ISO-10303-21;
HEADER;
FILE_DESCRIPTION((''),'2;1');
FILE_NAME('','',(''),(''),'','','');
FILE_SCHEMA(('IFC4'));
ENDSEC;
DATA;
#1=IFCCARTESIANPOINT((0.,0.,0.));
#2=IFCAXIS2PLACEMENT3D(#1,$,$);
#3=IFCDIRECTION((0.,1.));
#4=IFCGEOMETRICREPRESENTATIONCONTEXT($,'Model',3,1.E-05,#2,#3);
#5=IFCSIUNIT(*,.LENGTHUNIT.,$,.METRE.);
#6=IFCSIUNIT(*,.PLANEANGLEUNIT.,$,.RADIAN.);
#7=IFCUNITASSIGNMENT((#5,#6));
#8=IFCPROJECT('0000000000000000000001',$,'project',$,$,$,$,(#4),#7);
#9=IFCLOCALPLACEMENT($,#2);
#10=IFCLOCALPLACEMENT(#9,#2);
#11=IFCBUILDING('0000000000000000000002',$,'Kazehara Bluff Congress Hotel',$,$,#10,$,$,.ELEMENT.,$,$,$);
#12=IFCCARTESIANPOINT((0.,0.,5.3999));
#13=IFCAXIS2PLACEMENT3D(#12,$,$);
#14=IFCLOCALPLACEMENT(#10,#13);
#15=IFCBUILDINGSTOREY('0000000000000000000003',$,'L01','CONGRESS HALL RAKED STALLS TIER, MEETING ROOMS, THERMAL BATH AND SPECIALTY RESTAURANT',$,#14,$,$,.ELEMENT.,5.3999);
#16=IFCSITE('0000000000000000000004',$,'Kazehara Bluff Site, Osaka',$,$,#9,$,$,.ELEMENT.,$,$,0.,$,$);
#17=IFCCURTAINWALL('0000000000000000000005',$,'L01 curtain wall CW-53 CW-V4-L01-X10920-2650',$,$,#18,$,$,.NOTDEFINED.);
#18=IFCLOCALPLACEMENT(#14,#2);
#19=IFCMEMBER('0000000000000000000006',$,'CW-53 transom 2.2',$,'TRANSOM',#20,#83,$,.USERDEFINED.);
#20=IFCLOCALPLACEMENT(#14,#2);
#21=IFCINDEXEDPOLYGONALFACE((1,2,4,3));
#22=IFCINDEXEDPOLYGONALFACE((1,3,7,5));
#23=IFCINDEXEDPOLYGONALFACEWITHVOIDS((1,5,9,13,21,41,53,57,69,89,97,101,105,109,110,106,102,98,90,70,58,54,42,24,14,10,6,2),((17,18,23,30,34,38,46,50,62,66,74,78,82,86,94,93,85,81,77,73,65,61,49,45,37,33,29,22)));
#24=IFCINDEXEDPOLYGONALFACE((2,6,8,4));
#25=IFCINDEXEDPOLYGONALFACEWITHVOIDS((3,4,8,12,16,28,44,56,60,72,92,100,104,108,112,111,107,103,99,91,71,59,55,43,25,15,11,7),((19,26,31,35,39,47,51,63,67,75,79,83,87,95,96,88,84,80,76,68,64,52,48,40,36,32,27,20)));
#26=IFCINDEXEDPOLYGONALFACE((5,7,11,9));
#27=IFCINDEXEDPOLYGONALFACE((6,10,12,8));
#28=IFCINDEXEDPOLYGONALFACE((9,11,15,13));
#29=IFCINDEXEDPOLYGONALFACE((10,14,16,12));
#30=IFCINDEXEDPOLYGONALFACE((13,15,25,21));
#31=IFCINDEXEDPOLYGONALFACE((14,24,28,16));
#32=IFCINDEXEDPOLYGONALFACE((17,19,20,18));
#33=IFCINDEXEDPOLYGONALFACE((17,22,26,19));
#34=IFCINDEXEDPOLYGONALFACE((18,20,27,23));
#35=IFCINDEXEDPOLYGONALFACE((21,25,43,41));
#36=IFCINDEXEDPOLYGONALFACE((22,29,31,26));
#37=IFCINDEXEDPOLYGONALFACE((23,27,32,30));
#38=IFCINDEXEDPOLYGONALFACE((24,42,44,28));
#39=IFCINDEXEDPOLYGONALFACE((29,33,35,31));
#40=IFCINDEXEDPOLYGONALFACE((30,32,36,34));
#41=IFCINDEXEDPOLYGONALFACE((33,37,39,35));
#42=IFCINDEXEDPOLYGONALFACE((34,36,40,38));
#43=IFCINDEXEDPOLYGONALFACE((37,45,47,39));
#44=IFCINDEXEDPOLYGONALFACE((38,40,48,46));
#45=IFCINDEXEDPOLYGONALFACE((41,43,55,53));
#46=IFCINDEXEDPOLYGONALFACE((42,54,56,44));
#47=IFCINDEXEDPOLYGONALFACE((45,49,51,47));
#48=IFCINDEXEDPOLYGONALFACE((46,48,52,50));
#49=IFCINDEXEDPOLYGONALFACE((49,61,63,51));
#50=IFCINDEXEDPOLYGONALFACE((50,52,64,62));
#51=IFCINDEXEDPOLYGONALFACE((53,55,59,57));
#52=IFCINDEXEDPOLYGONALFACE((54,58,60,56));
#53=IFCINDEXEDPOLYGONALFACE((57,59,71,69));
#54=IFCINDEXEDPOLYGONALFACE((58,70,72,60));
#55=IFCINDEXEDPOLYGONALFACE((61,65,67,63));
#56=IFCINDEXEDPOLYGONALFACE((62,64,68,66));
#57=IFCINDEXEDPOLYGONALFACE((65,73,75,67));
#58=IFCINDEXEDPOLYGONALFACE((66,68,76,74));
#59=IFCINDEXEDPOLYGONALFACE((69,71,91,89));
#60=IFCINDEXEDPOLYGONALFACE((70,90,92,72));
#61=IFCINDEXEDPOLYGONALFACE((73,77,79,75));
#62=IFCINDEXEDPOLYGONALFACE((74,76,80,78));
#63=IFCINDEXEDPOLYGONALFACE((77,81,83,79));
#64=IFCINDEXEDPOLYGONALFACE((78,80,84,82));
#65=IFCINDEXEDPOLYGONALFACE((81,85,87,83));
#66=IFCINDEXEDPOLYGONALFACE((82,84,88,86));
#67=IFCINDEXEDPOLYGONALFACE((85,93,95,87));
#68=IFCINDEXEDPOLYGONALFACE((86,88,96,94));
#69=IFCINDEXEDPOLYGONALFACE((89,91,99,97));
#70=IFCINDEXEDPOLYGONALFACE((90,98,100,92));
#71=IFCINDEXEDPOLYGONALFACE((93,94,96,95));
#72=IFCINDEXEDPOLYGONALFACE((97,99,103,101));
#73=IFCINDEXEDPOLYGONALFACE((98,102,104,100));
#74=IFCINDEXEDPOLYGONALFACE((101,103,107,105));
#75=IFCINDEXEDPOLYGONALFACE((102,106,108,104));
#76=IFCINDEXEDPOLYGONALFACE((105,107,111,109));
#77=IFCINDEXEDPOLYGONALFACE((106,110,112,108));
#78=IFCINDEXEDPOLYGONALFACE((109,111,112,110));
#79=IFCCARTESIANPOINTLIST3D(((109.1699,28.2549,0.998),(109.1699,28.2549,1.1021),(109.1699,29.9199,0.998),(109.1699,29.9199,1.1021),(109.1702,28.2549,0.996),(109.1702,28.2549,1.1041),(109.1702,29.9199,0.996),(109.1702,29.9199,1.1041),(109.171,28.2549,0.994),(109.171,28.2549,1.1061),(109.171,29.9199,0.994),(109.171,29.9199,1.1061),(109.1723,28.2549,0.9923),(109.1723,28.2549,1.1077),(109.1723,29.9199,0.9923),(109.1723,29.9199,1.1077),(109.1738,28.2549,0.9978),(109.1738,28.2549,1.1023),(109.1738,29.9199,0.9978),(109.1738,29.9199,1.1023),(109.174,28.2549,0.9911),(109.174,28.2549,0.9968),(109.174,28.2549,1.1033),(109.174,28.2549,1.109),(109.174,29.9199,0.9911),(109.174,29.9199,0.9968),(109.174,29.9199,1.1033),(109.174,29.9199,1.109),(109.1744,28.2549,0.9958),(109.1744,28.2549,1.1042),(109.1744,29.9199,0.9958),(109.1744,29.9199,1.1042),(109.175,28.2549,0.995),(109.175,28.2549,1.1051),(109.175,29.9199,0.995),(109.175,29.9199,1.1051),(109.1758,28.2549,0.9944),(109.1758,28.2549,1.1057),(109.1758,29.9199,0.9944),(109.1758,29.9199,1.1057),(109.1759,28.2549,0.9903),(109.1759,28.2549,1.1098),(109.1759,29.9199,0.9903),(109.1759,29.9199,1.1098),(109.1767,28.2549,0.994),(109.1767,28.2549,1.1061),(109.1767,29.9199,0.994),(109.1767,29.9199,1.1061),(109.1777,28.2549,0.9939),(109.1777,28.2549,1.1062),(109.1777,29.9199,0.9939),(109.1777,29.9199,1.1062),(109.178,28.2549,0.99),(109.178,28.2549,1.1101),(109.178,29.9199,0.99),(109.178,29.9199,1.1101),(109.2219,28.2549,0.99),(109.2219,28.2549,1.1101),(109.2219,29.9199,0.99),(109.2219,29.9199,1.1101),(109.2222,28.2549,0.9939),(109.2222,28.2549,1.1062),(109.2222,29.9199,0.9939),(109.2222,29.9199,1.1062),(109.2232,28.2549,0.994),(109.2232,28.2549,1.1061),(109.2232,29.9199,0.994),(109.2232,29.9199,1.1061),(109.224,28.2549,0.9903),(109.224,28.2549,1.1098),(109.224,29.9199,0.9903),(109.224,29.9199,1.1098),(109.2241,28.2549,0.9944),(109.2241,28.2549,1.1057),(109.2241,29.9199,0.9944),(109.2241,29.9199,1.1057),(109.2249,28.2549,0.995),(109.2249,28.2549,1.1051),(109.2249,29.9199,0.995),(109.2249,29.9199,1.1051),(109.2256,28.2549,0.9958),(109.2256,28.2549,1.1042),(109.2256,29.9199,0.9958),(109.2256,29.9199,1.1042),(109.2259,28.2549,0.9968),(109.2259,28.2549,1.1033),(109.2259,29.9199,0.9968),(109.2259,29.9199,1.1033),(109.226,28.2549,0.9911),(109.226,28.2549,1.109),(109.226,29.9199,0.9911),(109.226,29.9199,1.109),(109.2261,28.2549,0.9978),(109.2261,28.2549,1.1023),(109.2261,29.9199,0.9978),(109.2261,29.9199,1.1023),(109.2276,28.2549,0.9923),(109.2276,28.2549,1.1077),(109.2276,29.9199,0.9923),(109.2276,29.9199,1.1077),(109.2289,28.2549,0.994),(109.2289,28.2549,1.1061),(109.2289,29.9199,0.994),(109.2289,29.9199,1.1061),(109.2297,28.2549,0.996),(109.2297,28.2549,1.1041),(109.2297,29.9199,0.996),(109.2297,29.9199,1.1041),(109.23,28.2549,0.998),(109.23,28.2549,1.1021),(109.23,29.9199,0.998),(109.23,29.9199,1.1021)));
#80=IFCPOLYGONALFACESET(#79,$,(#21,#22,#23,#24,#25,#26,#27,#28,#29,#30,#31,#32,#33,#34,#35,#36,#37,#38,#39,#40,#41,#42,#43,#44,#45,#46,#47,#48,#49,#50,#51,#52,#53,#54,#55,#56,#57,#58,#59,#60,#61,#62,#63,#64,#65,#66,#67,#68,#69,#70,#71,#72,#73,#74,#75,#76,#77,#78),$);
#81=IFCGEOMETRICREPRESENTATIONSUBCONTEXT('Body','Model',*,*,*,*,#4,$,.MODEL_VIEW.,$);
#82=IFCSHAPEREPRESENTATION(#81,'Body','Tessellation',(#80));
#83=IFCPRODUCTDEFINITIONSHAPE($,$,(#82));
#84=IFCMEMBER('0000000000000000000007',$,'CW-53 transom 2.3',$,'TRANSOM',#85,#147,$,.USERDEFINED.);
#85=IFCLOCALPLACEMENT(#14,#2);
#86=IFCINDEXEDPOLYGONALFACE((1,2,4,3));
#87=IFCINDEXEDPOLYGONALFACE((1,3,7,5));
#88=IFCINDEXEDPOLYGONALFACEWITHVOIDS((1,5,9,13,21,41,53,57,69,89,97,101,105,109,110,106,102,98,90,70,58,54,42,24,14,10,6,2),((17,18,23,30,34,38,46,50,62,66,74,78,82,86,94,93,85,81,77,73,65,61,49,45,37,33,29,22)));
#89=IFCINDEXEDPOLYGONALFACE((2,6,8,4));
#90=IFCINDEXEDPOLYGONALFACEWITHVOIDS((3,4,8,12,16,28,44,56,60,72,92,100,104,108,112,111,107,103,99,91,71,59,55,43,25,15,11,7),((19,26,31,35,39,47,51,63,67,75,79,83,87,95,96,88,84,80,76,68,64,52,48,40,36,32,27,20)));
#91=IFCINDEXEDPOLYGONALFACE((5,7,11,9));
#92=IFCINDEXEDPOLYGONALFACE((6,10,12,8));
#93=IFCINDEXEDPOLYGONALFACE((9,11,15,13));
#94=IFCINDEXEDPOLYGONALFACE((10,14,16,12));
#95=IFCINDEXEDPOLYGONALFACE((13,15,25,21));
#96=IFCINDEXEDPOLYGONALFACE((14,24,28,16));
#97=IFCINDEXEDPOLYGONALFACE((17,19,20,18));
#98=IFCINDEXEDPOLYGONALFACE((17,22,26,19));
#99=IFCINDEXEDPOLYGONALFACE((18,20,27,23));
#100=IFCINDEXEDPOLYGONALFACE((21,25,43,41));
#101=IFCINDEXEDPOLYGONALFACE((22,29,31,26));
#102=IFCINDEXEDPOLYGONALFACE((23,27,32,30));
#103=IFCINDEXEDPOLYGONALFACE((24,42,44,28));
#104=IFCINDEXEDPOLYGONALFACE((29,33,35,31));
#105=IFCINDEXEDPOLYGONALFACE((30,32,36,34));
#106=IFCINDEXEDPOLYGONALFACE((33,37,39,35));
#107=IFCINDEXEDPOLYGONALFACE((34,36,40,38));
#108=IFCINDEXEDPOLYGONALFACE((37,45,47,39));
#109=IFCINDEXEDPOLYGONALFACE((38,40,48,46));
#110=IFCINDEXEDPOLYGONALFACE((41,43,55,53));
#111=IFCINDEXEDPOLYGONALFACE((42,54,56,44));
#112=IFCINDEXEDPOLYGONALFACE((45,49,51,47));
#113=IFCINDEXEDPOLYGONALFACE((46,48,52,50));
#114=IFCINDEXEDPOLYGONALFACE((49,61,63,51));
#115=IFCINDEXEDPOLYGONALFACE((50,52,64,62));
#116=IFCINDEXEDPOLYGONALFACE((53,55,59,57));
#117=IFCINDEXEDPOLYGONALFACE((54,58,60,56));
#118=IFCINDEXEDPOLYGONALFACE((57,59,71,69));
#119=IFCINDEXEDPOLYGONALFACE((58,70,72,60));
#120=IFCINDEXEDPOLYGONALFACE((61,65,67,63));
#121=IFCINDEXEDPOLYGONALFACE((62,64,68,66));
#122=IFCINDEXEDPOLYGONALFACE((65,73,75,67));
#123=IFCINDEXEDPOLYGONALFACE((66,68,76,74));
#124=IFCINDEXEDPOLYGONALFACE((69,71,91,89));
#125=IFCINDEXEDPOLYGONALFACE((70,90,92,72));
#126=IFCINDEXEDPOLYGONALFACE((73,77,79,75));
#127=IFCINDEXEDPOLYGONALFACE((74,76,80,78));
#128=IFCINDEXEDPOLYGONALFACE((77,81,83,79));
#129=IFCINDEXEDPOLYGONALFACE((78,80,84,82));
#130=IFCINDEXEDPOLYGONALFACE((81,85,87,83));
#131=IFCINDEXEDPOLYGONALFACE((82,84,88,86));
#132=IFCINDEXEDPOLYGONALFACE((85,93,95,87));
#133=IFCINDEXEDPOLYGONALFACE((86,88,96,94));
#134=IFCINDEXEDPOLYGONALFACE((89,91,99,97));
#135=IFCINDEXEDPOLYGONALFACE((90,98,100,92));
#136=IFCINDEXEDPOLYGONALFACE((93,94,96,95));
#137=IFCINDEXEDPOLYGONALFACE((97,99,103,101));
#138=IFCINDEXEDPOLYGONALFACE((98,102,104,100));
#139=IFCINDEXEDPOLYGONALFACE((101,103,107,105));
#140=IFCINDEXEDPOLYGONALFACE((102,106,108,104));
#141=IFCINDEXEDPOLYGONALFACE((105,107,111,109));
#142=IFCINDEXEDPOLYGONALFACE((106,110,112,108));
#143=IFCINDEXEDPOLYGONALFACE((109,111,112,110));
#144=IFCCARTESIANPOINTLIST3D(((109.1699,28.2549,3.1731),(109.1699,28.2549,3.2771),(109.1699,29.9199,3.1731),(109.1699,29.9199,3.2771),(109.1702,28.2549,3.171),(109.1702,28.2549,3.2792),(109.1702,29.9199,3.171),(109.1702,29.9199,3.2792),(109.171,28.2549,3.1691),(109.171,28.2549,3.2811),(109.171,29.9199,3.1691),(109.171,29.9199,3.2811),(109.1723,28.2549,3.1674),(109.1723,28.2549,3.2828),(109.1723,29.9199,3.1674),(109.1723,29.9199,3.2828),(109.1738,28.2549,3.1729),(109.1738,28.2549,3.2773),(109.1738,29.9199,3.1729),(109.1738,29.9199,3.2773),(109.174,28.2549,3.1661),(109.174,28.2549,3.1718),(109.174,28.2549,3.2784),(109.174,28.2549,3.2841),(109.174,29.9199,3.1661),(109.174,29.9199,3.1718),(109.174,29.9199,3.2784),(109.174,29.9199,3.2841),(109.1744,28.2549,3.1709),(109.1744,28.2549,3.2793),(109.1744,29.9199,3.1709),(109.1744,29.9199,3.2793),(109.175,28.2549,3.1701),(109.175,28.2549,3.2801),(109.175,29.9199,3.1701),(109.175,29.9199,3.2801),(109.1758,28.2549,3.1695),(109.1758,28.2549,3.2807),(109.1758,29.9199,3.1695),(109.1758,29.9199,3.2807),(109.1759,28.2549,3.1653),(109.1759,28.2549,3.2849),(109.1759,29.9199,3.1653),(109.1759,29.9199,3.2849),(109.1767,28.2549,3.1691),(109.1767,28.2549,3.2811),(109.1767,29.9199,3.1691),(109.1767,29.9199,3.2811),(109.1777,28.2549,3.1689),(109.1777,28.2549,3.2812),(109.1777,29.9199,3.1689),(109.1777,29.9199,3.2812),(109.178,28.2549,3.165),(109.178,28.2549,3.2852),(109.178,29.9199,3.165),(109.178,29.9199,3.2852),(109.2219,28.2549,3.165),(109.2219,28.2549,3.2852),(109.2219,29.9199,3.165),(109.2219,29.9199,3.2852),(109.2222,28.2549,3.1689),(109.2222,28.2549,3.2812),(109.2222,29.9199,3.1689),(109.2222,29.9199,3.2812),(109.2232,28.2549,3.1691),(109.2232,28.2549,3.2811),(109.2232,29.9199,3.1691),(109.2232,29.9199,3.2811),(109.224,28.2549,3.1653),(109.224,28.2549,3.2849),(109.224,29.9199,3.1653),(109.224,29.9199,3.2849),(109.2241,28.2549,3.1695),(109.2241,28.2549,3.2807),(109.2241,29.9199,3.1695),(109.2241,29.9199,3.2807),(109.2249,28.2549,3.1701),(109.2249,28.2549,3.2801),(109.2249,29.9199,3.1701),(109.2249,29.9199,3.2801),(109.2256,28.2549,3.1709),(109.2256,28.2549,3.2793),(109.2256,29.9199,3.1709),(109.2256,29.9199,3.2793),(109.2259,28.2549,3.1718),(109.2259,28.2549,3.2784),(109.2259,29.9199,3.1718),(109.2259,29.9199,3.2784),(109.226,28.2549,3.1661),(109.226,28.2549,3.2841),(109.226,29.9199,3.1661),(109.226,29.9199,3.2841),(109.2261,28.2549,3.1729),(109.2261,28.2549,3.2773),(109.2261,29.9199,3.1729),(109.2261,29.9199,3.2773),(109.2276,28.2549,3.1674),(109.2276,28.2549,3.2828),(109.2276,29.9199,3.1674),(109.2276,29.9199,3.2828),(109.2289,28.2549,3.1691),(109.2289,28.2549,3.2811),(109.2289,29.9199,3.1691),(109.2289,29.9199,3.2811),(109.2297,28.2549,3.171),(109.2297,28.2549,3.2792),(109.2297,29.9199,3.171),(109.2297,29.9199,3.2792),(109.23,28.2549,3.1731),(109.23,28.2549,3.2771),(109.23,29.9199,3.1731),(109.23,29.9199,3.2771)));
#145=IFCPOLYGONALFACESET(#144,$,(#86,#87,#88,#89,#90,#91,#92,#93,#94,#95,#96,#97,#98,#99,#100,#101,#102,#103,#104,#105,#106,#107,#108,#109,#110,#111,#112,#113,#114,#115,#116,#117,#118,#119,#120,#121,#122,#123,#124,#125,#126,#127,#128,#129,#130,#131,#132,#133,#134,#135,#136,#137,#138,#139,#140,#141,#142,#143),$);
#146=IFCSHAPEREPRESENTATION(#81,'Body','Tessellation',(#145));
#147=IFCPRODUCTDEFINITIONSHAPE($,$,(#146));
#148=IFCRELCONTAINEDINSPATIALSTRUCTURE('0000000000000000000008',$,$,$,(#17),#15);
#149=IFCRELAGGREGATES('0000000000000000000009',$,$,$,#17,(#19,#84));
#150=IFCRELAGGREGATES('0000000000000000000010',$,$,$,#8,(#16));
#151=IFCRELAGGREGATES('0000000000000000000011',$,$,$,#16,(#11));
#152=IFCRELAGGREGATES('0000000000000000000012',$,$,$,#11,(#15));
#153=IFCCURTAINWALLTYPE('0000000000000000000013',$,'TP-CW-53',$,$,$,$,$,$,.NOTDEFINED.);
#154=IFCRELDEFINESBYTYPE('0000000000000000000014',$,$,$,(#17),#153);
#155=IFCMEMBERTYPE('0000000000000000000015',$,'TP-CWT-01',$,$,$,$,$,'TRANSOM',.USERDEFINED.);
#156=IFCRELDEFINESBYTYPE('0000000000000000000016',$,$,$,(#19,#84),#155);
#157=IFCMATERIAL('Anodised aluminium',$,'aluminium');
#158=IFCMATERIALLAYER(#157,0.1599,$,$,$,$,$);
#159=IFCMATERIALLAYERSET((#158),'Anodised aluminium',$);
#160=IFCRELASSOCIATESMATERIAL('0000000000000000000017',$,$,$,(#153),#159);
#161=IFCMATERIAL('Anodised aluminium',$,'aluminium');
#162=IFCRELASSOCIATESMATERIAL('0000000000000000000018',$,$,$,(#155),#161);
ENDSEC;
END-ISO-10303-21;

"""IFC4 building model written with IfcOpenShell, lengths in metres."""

from ifc_helpers import new_model, si_unit, direction, frame, origin, origin_2d, place, context, subcontext, project, spatial, hollow_rectangle, extrude, material, layer, layer_set, material_profile, profile_set, type_object, element, aggregate, save


model = new_model("IFC4")

# Units and contexts
model_context = context("Model", 3, precision=1e-05, world=origin(), true_north=direction((0.0, 1.0)))
body_context = subcontext(model_context, "Body", "Model", "MODEL_VIEW")
ifc_project = project(units=[si_unit("LENGTHUNIT", "METRE"), si_unit("PLANEANGLEUNIT", "RADIAN")], contexts=[model_context])

# Site, building, storey
site_placement = place(None, origin())
site = spatial("IfcSite", under=ifc_project, at=site_placement, Name="Kazehara Bluff Site, Osaka", CompositionType="ELEMENT", RefElevation=0.0)
building_placement = place(site_placement, origin())
building = spatial("IfcBuilding", under=site, at=building_placement, Name="Kazehara Bluff Congress Hotel", CompositionType="ELEMENT")
storey_placement = place(building_placement, frame((0.0, 0.0, 5.3999)))
storey = spatial("IfcBuildingStorey", under=building, at=storey_placement, Name="L01", Description="CONGRESS HALL RAKED STALLS TIER, MEETING ROOMS, THERMAL BATH AND SPECIALTY RESTAURANT", CompositionType="ELEMENT", Elevation=5.3999)

# Curtain wall, members
ifc_material_1 = material(Name="Anodised aluminium", Category="aluminium")
ifc_layer_1 = layer(ifc_material_1, 0.1599)
ifc_layer_set_1 = layer_set([ifc_layer_1], Name="Anodised aluminium")
curtain_wall_type = type_object("IfcCurtainWallType", Name="TP-CW-53", PredefinedType="NOTDEFINED", material=ifc_layer_set_1)
curtain_wall_placement = place(storey_placement, origin())
curtain_wall = element("IfcCurtainWall", 1, at=curtain_wall_placement, inside=storey, type_object=curtain_wall_type, Name="L01 curtain wall CW-53 CW-V4-L01-X10920-2650", PredefinedType="NOTDEFINED")
ifc_material_2 = material(Name="Anodised aluminium", Category="aluminium")
ifc_material_profile_1 = material_profile(ifc_material_2, hollow_rectangle(XDim=0.0601, YDim=0.1201, WallThickness=0.0039, InnerFilletRadius=0.0039, OuterFilletRadius=0.0081, at=origin_2d()))
ifc_profile_set_1 = profile_set([ifc_material_profile_1], Name="Anodised aluminium")
member_type_1 = type_object("IfcMemberType", Name="TP-CWT-01", ElementType="TRANSOM", PredefinedType="USERDEFINED", material=ifc_profile_set_1)
member_1_placement = place(storey_placement, frame((109.2, 28.2549, 1.05), z_axis=(0.0, 1.0, 0.0), x_axis=(-1.0, 0.0, 0.0)))
member_1 = element("IfcMember", 2, at=member_1_placement, type_object=member_type_1, Name="CW-53 transom 2.2", ObjectType="TRANSOM", PredefinedType="USERDEFINED", context=body_context, shape_type="SweptSolid", body=[
    extrude(hollow_rectangle(XDim=0.0601, YDim=0.1201, WallThickness=0.0039, InnerFilletRadius=0.0039, OuterFilletRadius=0.0081, at=origin_2d()), origin(), (0.0, 0.0, 1.0), 1.665),
])
member_2_placement = place(storey_placement, frame((109.2, 28.2549, 3.2251), z_axis=(0.0, 1.0, 0.0), x_axis=(-1.0, 0.0, 0.0)))
member_2 = element("IfcMember", 3, at=member_2_placement, type_object=member_type_1, Name="CW-53 transom 2.3", ObjectType="TRANSOM", PredefinedType="USERDEFINED", context=body_context, shape_type="SweptSolid", body=[
    extrude(hollow_rectangle(XDim=0.0601, YDim=0.1201, WallThickness=0.0039, InnerFilletRadius=0.0039, OuterFilletRadius=0.0081, at=origin_2d()), origin(), (0.0, 0.0, 1.0), 1.665),
])

aggregate(curtain_wall, [member_1, member_2])

save(model, "model.ifc")
